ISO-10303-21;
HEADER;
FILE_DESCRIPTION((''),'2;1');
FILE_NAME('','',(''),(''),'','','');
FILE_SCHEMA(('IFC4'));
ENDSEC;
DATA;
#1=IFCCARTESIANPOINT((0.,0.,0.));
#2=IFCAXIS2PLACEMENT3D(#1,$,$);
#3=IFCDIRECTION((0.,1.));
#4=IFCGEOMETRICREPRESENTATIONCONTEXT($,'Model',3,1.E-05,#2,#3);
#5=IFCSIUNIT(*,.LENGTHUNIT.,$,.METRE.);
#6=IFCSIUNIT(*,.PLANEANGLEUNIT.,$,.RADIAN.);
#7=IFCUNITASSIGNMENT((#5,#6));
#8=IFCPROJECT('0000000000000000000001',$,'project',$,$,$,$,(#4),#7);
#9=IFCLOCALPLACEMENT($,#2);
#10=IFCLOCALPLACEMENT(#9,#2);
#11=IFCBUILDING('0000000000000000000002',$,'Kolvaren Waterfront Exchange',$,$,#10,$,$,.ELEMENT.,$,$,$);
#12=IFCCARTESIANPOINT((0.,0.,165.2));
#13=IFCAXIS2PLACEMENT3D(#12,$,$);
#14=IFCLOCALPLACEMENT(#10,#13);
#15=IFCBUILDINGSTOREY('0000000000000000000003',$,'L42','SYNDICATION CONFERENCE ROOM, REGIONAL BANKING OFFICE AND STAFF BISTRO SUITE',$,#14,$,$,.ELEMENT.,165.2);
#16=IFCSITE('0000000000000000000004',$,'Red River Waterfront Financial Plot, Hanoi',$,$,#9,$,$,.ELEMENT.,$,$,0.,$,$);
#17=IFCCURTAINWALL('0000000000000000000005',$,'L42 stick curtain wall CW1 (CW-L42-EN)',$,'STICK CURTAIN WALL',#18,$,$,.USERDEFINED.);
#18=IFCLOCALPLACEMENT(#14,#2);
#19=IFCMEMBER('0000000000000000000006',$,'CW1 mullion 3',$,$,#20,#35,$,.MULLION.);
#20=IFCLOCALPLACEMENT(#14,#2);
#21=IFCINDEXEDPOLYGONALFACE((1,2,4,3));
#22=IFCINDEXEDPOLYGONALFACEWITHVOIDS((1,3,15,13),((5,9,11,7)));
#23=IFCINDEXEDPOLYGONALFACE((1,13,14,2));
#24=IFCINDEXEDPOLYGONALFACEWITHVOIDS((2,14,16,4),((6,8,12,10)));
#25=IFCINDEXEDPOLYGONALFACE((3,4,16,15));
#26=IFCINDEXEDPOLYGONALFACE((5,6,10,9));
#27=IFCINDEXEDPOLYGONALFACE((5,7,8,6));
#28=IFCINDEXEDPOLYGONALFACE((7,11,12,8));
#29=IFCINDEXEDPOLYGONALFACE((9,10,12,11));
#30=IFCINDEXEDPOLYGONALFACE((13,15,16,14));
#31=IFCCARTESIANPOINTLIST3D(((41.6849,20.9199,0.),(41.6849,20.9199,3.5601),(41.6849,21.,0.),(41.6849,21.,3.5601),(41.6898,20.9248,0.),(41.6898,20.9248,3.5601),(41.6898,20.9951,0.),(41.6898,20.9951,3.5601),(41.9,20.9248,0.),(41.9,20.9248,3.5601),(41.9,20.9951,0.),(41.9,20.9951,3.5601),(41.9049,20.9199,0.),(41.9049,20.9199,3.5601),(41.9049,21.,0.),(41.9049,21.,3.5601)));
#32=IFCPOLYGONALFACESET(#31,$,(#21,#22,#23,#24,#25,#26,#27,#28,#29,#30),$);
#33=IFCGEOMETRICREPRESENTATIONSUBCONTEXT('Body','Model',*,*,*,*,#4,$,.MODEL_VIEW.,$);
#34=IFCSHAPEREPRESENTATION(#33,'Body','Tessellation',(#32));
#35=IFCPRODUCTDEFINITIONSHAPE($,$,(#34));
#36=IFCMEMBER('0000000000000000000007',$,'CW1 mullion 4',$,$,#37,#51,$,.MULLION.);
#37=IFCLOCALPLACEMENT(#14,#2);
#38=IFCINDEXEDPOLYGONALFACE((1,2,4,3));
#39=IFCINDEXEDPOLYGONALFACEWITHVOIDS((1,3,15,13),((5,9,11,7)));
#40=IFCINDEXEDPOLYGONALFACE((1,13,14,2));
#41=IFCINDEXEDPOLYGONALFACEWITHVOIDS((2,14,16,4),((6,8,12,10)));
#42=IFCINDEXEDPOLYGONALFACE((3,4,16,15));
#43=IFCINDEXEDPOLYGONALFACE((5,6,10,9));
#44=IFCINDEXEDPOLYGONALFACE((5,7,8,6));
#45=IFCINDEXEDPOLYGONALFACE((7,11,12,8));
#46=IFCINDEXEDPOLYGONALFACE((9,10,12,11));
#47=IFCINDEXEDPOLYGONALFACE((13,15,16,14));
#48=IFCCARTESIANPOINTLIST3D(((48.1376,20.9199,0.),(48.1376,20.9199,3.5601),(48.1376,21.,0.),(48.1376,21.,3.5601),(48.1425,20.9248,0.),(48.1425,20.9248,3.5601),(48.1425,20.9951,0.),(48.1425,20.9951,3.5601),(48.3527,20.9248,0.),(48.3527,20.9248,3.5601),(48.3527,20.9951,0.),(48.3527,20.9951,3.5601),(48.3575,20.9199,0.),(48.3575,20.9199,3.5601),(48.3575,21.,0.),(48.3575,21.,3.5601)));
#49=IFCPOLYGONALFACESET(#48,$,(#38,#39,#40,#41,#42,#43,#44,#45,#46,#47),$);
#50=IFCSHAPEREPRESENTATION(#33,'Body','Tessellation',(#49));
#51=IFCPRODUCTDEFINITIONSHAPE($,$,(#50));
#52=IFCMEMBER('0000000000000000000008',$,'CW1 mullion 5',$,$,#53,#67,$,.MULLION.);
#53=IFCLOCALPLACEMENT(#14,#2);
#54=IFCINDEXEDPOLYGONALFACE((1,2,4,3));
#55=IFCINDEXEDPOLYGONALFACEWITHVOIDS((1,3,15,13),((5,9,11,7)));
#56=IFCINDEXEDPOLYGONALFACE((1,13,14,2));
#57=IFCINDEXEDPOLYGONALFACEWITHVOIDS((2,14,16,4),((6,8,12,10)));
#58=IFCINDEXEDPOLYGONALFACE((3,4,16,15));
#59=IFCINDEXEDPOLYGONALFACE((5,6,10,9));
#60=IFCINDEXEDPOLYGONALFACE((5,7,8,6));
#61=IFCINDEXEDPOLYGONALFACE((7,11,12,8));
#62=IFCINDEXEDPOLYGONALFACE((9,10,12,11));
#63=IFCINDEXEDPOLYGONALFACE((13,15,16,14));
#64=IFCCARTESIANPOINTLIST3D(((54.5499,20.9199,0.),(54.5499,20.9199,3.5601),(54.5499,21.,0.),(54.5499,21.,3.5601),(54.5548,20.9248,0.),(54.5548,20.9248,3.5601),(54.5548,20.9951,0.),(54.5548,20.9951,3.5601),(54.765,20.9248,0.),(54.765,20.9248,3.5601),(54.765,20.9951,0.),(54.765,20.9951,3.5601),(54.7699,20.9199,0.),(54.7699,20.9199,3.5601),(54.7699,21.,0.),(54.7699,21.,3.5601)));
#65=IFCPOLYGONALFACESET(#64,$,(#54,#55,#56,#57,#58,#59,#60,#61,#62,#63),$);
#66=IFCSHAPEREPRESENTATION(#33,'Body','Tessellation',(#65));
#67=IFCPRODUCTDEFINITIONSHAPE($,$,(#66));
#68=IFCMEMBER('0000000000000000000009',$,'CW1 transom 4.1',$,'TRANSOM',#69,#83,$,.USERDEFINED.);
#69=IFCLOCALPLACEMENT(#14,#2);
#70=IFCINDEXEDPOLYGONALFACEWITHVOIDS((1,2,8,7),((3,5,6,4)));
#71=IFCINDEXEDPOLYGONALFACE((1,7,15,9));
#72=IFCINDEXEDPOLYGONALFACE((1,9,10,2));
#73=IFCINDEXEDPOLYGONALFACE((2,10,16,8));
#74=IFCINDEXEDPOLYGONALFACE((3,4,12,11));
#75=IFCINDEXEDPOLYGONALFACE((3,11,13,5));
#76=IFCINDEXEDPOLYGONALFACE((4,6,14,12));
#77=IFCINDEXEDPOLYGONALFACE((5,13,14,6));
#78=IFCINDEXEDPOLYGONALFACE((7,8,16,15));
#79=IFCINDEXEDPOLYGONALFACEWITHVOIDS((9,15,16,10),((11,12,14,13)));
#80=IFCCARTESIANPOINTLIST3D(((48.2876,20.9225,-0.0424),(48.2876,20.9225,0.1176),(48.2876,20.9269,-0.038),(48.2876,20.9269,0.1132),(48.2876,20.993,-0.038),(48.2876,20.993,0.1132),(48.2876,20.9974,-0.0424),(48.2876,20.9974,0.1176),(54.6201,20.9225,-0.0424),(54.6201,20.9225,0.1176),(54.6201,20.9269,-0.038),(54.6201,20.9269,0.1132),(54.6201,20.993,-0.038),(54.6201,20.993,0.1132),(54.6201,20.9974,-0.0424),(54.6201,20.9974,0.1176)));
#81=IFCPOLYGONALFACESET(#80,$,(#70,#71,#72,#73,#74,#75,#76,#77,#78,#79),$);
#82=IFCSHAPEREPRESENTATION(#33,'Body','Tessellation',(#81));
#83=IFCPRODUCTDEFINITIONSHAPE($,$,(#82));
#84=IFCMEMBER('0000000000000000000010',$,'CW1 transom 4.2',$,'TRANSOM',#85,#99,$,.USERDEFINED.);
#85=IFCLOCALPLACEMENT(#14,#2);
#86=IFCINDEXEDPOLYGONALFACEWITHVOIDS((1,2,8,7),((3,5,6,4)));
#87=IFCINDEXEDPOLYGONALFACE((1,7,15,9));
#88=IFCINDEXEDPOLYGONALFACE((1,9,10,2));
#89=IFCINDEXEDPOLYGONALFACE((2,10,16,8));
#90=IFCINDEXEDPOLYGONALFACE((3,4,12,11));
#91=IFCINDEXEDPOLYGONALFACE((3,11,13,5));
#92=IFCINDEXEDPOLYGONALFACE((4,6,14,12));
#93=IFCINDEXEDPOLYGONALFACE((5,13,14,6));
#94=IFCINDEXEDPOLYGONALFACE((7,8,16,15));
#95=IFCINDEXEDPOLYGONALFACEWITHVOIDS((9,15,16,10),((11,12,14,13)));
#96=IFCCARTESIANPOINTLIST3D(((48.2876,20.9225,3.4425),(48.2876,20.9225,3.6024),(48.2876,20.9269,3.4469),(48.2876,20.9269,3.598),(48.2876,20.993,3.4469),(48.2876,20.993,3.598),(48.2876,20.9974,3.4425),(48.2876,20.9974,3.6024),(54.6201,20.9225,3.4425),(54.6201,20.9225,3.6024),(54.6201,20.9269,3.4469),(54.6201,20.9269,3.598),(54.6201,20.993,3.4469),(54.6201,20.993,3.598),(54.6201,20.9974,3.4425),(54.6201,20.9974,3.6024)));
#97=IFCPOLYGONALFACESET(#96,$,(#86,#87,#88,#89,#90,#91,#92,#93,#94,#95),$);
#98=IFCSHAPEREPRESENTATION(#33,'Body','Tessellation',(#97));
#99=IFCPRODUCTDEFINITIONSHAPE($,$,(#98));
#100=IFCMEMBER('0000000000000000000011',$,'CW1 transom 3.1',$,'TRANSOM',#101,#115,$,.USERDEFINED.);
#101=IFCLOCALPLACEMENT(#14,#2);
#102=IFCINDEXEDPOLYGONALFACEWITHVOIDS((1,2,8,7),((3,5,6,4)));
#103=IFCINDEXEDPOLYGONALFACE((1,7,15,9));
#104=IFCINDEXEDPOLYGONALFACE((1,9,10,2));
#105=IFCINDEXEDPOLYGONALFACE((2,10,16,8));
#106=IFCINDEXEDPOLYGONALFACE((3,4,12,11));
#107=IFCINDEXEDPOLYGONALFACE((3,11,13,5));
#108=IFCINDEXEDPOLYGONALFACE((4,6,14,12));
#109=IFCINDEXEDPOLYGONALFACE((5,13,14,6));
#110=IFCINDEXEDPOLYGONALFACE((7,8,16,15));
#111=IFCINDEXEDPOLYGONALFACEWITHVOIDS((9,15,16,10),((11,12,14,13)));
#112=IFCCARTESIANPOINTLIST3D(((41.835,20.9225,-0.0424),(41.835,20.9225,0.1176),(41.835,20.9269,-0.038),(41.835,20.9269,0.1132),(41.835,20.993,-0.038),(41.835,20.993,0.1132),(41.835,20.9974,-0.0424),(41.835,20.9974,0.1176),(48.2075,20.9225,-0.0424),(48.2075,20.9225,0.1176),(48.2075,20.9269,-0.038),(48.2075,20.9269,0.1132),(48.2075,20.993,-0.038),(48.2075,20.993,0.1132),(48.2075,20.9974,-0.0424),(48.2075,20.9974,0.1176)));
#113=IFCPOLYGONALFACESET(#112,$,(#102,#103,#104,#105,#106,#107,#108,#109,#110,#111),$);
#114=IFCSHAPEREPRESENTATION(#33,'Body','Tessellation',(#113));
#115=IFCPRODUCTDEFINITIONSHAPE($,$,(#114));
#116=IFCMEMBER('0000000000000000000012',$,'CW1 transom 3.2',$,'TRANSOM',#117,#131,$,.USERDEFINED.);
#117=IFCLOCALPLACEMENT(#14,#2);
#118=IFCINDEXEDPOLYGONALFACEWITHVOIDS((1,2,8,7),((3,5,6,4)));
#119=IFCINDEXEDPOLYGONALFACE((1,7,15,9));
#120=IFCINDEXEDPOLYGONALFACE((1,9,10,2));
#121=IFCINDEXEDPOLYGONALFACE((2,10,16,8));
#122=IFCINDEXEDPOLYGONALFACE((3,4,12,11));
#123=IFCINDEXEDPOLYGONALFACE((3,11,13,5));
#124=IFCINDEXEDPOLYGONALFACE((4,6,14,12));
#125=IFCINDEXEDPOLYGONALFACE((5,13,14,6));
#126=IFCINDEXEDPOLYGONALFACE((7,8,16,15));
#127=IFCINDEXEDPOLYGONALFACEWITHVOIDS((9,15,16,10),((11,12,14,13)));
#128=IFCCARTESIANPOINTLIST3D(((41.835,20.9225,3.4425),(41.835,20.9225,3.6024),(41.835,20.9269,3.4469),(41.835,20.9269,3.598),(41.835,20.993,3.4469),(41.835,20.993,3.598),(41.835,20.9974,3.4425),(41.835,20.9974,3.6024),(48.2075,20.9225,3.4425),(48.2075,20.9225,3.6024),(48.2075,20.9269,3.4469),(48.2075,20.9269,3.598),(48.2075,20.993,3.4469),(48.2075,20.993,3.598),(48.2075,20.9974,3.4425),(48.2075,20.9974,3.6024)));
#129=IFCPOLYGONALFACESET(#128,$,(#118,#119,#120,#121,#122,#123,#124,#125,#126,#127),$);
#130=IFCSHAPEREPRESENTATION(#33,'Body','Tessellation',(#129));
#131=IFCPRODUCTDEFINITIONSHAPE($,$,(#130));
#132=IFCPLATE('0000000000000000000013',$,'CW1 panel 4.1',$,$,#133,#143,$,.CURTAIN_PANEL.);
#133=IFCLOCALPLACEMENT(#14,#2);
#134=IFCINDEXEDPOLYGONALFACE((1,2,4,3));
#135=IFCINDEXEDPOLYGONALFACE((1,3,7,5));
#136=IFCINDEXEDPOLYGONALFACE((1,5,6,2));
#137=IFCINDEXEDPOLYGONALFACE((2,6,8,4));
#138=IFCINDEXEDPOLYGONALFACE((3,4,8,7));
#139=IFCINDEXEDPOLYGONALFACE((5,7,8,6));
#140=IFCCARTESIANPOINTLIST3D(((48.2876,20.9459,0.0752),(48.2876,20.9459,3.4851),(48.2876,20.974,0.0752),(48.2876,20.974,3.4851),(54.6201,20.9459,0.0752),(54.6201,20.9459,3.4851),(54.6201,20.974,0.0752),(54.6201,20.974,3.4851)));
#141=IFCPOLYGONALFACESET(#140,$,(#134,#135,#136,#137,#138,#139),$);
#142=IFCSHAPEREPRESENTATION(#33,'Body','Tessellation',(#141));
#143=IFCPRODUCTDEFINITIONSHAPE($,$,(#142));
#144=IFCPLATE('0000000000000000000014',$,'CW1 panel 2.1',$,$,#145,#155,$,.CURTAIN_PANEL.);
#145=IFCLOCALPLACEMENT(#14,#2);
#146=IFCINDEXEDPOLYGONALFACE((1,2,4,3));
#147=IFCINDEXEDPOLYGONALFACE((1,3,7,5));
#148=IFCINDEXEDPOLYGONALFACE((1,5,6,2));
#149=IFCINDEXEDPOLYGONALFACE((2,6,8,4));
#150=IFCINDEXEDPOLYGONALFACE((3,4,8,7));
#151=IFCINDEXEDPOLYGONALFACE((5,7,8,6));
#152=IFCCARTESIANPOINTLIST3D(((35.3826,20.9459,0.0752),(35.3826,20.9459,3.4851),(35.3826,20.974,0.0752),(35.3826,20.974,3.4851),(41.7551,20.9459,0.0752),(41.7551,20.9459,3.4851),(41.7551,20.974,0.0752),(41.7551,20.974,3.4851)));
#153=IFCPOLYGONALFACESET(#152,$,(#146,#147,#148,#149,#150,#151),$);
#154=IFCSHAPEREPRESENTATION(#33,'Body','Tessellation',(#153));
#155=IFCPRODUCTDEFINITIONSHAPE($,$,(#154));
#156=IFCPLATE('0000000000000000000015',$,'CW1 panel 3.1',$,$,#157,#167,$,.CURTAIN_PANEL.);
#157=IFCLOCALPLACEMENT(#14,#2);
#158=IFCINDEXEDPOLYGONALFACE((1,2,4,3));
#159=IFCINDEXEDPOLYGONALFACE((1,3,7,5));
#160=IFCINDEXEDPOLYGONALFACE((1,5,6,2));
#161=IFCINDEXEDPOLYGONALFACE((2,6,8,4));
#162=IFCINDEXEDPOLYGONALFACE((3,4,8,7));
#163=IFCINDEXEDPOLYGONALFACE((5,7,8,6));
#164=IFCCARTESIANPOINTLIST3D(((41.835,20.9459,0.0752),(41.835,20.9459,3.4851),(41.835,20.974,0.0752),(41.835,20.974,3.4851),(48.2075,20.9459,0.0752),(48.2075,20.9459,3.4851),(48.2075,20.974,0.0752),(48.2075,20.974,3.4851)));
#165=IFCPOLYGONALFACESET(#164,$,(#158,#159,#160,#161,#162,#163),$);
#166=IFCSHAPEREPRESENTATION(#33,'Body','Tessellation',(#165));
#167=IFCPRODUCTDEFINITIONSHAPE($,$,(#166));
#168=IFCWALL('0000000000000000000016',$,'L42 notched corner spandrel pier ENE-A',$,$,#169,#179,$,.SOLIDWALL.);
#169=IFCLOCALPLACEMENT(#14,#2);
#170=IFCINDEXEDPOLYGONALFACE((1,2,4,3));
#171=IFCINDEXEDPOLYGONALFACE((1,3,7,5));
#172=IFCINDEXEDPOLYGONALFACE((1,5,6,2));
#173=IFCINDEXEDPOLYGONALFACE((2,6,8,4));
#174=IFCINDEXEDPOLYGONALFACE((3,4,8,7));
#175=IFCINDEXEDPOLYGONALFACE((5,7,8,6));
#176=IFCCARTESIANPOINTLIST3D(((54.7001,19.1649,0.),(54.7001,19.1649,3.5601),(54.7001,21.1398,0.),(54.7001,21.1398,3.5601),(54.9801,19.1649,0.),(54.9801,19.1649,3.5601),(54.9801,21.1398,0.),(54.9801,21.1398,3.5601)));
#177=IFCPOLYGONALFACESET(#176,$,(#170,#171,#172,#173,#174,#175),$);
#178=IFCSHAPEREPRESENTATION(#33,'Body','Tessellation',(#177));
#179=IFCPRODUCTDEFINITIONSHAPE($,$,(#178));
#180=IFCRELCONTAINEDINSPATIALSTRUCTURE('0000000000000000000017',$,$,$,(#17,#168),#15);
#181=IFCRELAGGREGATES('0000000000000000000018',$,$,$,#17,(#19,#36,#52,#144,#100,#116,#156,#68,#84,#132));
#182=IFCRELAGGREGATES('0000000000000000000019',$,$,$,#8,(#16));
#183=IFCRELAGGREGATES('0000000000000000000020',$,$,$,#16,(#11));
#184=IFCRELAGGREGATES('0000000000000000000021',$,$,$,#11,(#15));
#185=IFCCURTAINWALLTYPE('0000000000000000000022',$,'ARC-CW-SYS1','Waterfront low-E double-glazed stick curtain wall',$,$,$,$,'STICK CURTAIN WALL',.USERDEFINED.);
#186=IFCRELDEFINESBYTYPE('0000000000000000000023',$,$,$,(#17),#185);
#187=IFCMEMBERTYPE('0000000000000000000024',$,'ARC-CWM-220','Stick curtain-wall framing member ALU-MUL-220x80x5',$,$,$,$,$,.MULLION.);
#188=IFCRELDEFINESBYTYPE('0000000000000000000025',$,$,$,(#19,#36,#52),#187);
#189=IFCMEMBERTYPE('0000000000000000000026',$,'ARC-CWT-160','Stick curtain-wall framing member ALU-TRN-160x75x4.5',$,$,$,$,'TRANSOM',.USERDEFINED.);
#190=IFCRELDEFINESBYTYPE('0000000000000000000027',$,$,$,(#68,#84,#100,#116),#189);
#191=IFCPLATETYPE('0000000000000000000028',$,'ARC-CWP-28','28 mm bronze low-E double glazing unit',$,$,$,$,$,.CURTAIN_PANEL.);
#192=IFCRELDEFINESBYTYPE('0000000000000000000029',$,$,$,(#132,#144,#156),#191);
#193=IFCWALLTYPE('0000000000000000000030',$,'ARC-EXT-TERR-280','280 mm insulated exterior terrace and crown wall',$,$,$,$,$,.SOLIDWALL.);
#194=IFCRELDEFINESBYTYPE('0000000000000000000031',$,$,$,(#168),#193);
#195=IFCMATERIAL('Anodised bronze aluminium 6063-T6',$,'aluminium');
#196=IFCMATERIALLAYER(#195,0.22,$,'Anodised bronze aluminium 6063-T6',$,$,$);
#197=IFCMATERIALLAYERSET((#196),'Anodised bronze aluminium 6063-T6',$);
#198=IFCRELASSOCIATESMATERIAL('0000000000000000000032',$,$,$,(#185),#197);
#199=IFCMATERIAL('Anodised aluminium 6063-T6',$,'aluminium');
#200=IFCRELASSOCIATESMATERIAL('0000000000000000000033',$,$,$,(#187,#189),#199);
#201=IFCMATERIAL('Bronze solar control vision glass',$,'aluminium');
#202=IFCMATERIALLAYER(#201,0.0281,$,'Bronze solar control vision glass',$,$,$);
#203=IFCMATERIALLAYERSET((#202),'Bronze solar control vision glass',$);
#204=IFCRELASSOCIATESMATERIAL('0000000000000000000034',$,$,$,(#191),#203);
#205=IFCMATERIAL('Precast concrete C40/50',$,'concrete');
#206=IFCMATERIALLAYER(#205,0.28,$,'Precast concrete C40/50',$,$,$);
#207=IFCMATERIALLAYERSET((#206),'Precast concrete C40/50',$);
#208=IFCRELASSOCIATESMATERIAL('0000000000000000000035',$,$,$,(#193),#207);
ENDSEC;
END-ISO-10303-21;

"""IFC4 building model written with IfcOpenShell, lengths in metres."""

from ifc_helpers import new_model, si_unit, direction, frame, frame_2d, origin, origin_with_axes, origin_2d, place, context, subcontext, project, spatial, rectangle, hollow_rectangle, extrude, source, transform, mapped, material, layer, layer_set, material_profile, profile_set, type_object, element, aggregate, save


model = new_model("IFC4")

# Units and contexts
model_context = context("Model", 3, precision=1e-05, world=origin(), true_north=direction((0.0, 1.0)))
body_context = subcontext(model_context, "Body", "Model", "MODEL_VIEW")
ifc_project = project(units=[si_unit("LENGTHUNIT", "METRE"), si_unit("PLANEANGLEUNIT", "RADIAN")], contexts=[model_context])

# Site, building, storey
site_placement = place(None, origin())
site = spatial("IfcSite", under=ifc_project, at=site_placement, Name="Red River Waterfront Financial Plot, Hanoi", CompositionType="ELEMENT", RefElevation=0.0)
building_placement = place(site_placement, origin())
building = spatial("IfcBuilding", under=site, at=building_placement, Name="Kolvaren Waterfront Exchange", CompositionType="ELEMENT")
storey_placement = place(building_placement, frame((0.0, 0.0, 165.2)))
storey = spatial("IfcBuildingStorey", under=building, at=storey_placement, Name="L42", Description="SYNDICATION CONFERENCE ROOM, REGIONAL BANKING OFFICE AND STAFF BISTRO SUITE", CompositionType="ELEMENT", Elevation=165.2)

# Curtain wall, members, plates
ifc_material_1 = material(Name="Anodised bronze aluminium 6063-T6", Category="aluminium")
ifc_layer_1 = layer(ifc_material_1, 0.22, Name="Anodised bronze aluminium 6063-T6")
ifc_layer_set_1 = layer_set([ifc_layer_1], Name="Anodised bronze aluminium 6063-T6")
curtain_wall_type = type_object("IfcCurtainWallType", Name="ARC-CW-SYS1", Description="Waterfront low-E double-glazed stick curtain wall", ElementType="STICK CURTAIN WALL", PredefinedType="USERDEFINED", material=ifc_layer_set_1)
curtain_wall_placement = place(storey_placement, origin())
curtain_wall = element("IfcCurtainWall", 1, at=curtain_wall_placement, inside=storey, type_object=curtain_wall_type, Name="L42 stick curtain wall CW1 (CW-L42-EN)", ObjectType="STICK CURTAIN WALL", PredefinedType="USERDEFINED")
ifc_material_2 = material(Name="Anodised aluminium 6063-T6", Category="aluminium")
ifc_material_profile_1 = material_profile(ifc_material_2, hollow_rectangle(XDim=0.0801, YDim=0.22, WallThickness=0.0049, at=origin_2d()), Name="ALU-MUL-220x80x5")
ifc_profile_set_1 = profile_set([ifc_material_profile_1], Name="Anodised aluminium 6063-T6")
member_type_1 = type_object("IfcMemberType", Name="ARC-CWM-220", Description="Stick curtain-wall framing member ALU-MUL-220x80x5", PredefinedType="MULLION", material=ifc_profile_set_1)
shared_shape_1 = source(origin_with_axes(), body_context, "Body", "SweptSolid", [
    extrude(hollow_rectangle(XDim=0.0801, YDim=0.22, WallThickness=0.0049, at=origin_2d()), origin(), (0.0, 0.0, 1.0), 3.5601),
])
member_1_placement = place(storey_placement, frame((41.7949, 20.96, 0.0), z_axis=(0.0, 0.0, 1.0), x_axis=(0.0, 1.0, 0.0)))
member_1 = element("IfcMember", 2, at=member_1_placement, type_object=member_type_1, Name="CW1 mullion 3", PredefinedType="MULLION", context=body_context, shape_type="MappedRepresentation", body=[
    mapped(shared_shape_1, transform((0.0, 0.0, 0.0), x_axis=(1.0, 0.0, 0.0), y_axis=(0.0, 1.0, 0.0), z_axis=(0.0, 0.0, 1.0), scale=1.0)),
])
member_2_placement = place(storey_placement, frame((48.2476, 20.96, 0.0), z_axis=(0.0, 0.0, 1.0), x_axis=(0.0, 1.0, 0.0)))
member_2 = element("IfcMember", 3, at=member_2_placement, type_object=member_type_1, Name="CW1 mullion 4", PredefinedType="MULLION", context=body_context, shape_type="MappedRepresentation", body=[
    mapped(shared_shape_1, transform((0.0, 0.0, 0.0), x_axis=(1.0, 0.0, 0.0), y_axis=(0.0, 1.0, 0.0), z_axis=(0.0, 0.0, 1.0), scale=1.0)),
])
member_3_placement = place(storey_placement, frame((54.6599, 20.96, 0.0), z_axis=(0.0, 0.0, 1.0), x_axis=(0.0, 1.0, 0.0)))
member_3 = element("IfcMember", 4, at=member_3_placement, type_object=member_type_1, Name="CW1 mullion 5", PredefinedType="MULLION", context=body_context, shape_type="MappedRepresentation", body=[
    mapped(shared_shape_1, transform((0.0, 0.0, 0.0), x_axis=(1.0, 0.0, 0.0), y_axis=(0.0, 1.0, 0.0), z_axis=(0.0, 0.0, 1.0), scale=1.0)),
])
ifc_material_profile_2 = material_profile(ifc_material_2, hollow_rectangle(XDim=0.075, YDim=0.1599, WallThickness=0.0044, at=origin_2d()), Name="ALU-TRN-160x75x4.5")
ifc_profile_set_2 = profile_set([ifc_material_profile_2], Name="Anodised aluminium 6063-T6")
member_type_2 = type_object("IfcMemberType", Name="ARC-CWT-160", Description="Stick curtain-wall framing member ALU-TRN-160x75x4.5", ElementType="TRANSOM", PredefinedType="USERDEFINED", material=ifc_profile_set_2)
shared_shape_2 = source(origin_with_axes(), body_context, "Body", "SweptSolid", [
    extrude(hollow_rectangle(XDim=0.075, YDim=0.1599, WallThickness=0.0044, at=origin_2d()), origin(), (0.0, 0.0, 1.0), 6.3325),
])
member_4_placement = place(storey_placement, frame((48.2876, 20.96, 0.0376), z_axis=(1.0, 0.0, 0.0), x_axis=(0.0, 1.0, 0.0)))
member_4 = element("IfcMember", 5, at=member_4_placement, type_object=member_type_2, Name="CW1 transom 4.1", ObjectType="TRANSOM", PredefinedType="USERDEFINED", context=body_context, shape_type="MappedRepresentation", body=[
    mapped(shared_shape_2, transform((0.0, 0.0, 0.0), x_axis=(1.0, 0.0, 0.0), y_axis=(0.0, 1.0, 0.0), z_axis=(0.0, 0.0, 1.0), scale=1.0)),
])
member_5_placement = place(storey_placement, frame((48.2876, 20.96, 3.5225), z_axis=(1.0, 0.0, 0.0), x_axis=(0.0, 1.0, 0.0)))
member_5 = element("IfcMember", 6, at=member_5_placement, type_object=member_type_2, Name="CW1 transom 4.2", ObjectType="TRANSOM", PredefinedType="USERDEFINED", context=body_context, shape_type="MappedRepresentation", body=[
    mapped(shared_shape_2, transform((0.0, 0.0, 0.0), x_axis=(1.0, 0.0, 0.0), y_axis=(0.0, 1.0, 0.0), z_axis=(0.0, 0.0, 1.0), scale=1.0)),
])
shared_shape_3 = source(origin_with_axes(), body_context, "Body", "SweptSolid", [
    extrude(hollow_rectangle(XDim=0.075, YDim=0.1599, WallThickness=0.0044, at=origin_2d()), origin(), (0.0, 0.0, 1.0), 6.3726),
])
member_6_placement = place(storey_placement, frame((41.835, 20.96, 0.0376), z_axis=(1.0, 0.0, 0.0), x_axis=(0.0, 1.0, 0.0)))
member_6 = element("IfcMember", 7, at=member_6_placement, type_object=member_type_2, Name="CW1 transom 3.1", ObjectType="TRANSOM", PredefinedType="USERDEFINED", context=body_context, shape_type="MappedRepresentation", body=[
    mapped(shared_shape_3, transform((0.0, 0.0, 0.0), x_axis=(1.0, 0.0, 0.0), y_axis=(0.0, 1.0, 0.0), z_axis=(0.0, 0.0, 1.0), scale=1.0)),
])
member_7_placement = place(storey_placement, frame((41.835, 20.96, 3.5225), z_axis=(1.0, 0.0, 0.0), x_axis=(0.0, 1.0, 0.0)))
member_7 = element("IfcMember", 8, at=member_7_placement, type_object=member_type_2, Name="CW1 transom 3.2", ObjectType="TRANSOM", PredefinedType="USERDEFINED", context=body_context, shape_type="MappedRepresentation", body=[
    mapped(shared_shape_3, transform((0.0, 0.0, 0.0), x_axis=(1.0, 0.0, 0.0), y_axis=(0.0, 1.0, 0.0), z_axis=(0.0, 0.0, 1.0), scale=1.0)),
])
ifc_material_3 = material(Name="Bronze solar control vision glass", Category="aluminium")
ifc_layer_2 = layer(ifc_material_3, 0.0281, Name="Bronze solar control vision glass")
ifc_layer_set_2 = layer_set([ifc_layer_2], Name="Bronze solar control vision glass")
plate_type = type_object("IfcPlateType", Name="ARC-CWP-28", Description="28 mm bronze low-E double glazing unit", PredefinedType="CURTAIN_PANEL", material=ifc_layer_set_2)
shared_shape_4 = source(origin_with_axes(), body_context, "Body", "SweptSolid", [
    extrude(rectangle(XDim=6.3325, YDim=0.0281, at=origin_2d()), origin(), (0.0, 0.0, 1.0), 3.4099),
])
plate_1_placement = place(storey_placement, frame((51.4539, 20.96, 0.0752), z_axis=(0.0, 0.0, 1.0), x_axis=(1.0, 0.0, 0.0)))
plate_1 = element("IfcPlate", 9, at=plate_1_placement, type_object=plate_type, Name="CW1 panel 4.1", PredefinedType="CURTAIN_PANEL", context=body_context, shape_type="MappedRepresentation", body=[
    mapped(shared_shape_4, transform((0.0, 0.0, 0.0), x_axis=(1.0, 0.0, 0.0), y_axis=(0.0, 1.0, 0.0), z_axis=(0.0, 0.0, 1.0), scale=1.0)),
])
shared_shape_5 = source(origin_with_axes(), body_context, "Body", "SweptSolid", [
    extrude(rectangle(XDim=6.3726, YDim=0.0281, at=origin_2d()), origin(), (0.0, 0.0, 1.0), 3.4099),
])
plate_2_placement = place(storey_placement, frame((38.5688, 20.96, 0.0752), z_axis=(0.0, 0.0, 1.0), x_axis=(1.0, 0.0, 0.0)))
plate_2 = element("IfcPlate", 10, at=plate_2_placement, type_object=plate_type, Name="CW1 panel 2.1", PredefinedType="CURTAIN_PANEL", context=body_context, shape_type="MappedRepresentation", body=[
    mapped(shared_shape_5, transform((0.0, 0.0, 0.0), x_axis=(1.0, 0.0, 0.0), y_axis=(0.0, 1.0, 0.0), z_axis=(0.0, 0.0, 1.0), scale=1.0)),
])
plate_3_placement = place(storey_placement, frame((45.0212, 20.96, 0.0752), z_axis=(0.0, 0.0, 1.0), x_axis=(1.0, 0.0, 0.0)))
plate_3 = element("IfcPlate", 11, at=plate_3_placement, type_object=plate_type, Name="CW1 panel 3.1", PredefinedType="CURTAIN_PANEL", context=body_context, shape_type="MappedRepresentation", body=[
    mapped(shared_shape_5, transform((0.0, 0.0, 0.0), x_axis=(1.0, 0.0, 0.0), y_axis=(0.0, 1.0, 0.0), z_axis=(0.0, 0.0, 1.0), scale=1.0)),
])
aggregate(curtain_wall, [member_1, member_2, member_3, plate_2, member_6, member_7, plate_3, member_4, member_5, plate_1])

# Wall
ifc_material_4 = material(Name="Precast concrete C40/50", Category="concrete")
ifc_layer_3 = layer(ifc_material_4, 0.28, Name="Precast concrete C40/50")
ifc_layer_set_3 = layer_set([ifc_layer_3], Name="Precast concrete C40/50")
wall_type_1 = type_object("IfcWallType", Name="ARC-EXT-TERR-280", Description="280 mm insulated exterior terrace and crown wall", PredefinedType="SOLIDWALL", material=ifc_layer_set_3)
wall_1_placement = place(storey_placement, frame((54.8401, 19.165, 0.0), z_axis=(0.0, 0.0, 1.0), x_axis=(0.0, 1.0, 0.0)))
element("IfcWall", 12, at=wall_1_placement, inside=storey, type_object=wall_type_1, Name="L42 notched corner spandrel pier ENE-A", PredefinedType="SOLIDWALL", context=body_context, shape_type="SweptSolid", body=[
    extrude(rectangle(XDim=1.9749, YDim=0.28, at=frame_2d((0.9873, 0.0))), origin(), (0.0, 0.0, 1.0), 3.5601),
])

save(model, "model.ifc")
